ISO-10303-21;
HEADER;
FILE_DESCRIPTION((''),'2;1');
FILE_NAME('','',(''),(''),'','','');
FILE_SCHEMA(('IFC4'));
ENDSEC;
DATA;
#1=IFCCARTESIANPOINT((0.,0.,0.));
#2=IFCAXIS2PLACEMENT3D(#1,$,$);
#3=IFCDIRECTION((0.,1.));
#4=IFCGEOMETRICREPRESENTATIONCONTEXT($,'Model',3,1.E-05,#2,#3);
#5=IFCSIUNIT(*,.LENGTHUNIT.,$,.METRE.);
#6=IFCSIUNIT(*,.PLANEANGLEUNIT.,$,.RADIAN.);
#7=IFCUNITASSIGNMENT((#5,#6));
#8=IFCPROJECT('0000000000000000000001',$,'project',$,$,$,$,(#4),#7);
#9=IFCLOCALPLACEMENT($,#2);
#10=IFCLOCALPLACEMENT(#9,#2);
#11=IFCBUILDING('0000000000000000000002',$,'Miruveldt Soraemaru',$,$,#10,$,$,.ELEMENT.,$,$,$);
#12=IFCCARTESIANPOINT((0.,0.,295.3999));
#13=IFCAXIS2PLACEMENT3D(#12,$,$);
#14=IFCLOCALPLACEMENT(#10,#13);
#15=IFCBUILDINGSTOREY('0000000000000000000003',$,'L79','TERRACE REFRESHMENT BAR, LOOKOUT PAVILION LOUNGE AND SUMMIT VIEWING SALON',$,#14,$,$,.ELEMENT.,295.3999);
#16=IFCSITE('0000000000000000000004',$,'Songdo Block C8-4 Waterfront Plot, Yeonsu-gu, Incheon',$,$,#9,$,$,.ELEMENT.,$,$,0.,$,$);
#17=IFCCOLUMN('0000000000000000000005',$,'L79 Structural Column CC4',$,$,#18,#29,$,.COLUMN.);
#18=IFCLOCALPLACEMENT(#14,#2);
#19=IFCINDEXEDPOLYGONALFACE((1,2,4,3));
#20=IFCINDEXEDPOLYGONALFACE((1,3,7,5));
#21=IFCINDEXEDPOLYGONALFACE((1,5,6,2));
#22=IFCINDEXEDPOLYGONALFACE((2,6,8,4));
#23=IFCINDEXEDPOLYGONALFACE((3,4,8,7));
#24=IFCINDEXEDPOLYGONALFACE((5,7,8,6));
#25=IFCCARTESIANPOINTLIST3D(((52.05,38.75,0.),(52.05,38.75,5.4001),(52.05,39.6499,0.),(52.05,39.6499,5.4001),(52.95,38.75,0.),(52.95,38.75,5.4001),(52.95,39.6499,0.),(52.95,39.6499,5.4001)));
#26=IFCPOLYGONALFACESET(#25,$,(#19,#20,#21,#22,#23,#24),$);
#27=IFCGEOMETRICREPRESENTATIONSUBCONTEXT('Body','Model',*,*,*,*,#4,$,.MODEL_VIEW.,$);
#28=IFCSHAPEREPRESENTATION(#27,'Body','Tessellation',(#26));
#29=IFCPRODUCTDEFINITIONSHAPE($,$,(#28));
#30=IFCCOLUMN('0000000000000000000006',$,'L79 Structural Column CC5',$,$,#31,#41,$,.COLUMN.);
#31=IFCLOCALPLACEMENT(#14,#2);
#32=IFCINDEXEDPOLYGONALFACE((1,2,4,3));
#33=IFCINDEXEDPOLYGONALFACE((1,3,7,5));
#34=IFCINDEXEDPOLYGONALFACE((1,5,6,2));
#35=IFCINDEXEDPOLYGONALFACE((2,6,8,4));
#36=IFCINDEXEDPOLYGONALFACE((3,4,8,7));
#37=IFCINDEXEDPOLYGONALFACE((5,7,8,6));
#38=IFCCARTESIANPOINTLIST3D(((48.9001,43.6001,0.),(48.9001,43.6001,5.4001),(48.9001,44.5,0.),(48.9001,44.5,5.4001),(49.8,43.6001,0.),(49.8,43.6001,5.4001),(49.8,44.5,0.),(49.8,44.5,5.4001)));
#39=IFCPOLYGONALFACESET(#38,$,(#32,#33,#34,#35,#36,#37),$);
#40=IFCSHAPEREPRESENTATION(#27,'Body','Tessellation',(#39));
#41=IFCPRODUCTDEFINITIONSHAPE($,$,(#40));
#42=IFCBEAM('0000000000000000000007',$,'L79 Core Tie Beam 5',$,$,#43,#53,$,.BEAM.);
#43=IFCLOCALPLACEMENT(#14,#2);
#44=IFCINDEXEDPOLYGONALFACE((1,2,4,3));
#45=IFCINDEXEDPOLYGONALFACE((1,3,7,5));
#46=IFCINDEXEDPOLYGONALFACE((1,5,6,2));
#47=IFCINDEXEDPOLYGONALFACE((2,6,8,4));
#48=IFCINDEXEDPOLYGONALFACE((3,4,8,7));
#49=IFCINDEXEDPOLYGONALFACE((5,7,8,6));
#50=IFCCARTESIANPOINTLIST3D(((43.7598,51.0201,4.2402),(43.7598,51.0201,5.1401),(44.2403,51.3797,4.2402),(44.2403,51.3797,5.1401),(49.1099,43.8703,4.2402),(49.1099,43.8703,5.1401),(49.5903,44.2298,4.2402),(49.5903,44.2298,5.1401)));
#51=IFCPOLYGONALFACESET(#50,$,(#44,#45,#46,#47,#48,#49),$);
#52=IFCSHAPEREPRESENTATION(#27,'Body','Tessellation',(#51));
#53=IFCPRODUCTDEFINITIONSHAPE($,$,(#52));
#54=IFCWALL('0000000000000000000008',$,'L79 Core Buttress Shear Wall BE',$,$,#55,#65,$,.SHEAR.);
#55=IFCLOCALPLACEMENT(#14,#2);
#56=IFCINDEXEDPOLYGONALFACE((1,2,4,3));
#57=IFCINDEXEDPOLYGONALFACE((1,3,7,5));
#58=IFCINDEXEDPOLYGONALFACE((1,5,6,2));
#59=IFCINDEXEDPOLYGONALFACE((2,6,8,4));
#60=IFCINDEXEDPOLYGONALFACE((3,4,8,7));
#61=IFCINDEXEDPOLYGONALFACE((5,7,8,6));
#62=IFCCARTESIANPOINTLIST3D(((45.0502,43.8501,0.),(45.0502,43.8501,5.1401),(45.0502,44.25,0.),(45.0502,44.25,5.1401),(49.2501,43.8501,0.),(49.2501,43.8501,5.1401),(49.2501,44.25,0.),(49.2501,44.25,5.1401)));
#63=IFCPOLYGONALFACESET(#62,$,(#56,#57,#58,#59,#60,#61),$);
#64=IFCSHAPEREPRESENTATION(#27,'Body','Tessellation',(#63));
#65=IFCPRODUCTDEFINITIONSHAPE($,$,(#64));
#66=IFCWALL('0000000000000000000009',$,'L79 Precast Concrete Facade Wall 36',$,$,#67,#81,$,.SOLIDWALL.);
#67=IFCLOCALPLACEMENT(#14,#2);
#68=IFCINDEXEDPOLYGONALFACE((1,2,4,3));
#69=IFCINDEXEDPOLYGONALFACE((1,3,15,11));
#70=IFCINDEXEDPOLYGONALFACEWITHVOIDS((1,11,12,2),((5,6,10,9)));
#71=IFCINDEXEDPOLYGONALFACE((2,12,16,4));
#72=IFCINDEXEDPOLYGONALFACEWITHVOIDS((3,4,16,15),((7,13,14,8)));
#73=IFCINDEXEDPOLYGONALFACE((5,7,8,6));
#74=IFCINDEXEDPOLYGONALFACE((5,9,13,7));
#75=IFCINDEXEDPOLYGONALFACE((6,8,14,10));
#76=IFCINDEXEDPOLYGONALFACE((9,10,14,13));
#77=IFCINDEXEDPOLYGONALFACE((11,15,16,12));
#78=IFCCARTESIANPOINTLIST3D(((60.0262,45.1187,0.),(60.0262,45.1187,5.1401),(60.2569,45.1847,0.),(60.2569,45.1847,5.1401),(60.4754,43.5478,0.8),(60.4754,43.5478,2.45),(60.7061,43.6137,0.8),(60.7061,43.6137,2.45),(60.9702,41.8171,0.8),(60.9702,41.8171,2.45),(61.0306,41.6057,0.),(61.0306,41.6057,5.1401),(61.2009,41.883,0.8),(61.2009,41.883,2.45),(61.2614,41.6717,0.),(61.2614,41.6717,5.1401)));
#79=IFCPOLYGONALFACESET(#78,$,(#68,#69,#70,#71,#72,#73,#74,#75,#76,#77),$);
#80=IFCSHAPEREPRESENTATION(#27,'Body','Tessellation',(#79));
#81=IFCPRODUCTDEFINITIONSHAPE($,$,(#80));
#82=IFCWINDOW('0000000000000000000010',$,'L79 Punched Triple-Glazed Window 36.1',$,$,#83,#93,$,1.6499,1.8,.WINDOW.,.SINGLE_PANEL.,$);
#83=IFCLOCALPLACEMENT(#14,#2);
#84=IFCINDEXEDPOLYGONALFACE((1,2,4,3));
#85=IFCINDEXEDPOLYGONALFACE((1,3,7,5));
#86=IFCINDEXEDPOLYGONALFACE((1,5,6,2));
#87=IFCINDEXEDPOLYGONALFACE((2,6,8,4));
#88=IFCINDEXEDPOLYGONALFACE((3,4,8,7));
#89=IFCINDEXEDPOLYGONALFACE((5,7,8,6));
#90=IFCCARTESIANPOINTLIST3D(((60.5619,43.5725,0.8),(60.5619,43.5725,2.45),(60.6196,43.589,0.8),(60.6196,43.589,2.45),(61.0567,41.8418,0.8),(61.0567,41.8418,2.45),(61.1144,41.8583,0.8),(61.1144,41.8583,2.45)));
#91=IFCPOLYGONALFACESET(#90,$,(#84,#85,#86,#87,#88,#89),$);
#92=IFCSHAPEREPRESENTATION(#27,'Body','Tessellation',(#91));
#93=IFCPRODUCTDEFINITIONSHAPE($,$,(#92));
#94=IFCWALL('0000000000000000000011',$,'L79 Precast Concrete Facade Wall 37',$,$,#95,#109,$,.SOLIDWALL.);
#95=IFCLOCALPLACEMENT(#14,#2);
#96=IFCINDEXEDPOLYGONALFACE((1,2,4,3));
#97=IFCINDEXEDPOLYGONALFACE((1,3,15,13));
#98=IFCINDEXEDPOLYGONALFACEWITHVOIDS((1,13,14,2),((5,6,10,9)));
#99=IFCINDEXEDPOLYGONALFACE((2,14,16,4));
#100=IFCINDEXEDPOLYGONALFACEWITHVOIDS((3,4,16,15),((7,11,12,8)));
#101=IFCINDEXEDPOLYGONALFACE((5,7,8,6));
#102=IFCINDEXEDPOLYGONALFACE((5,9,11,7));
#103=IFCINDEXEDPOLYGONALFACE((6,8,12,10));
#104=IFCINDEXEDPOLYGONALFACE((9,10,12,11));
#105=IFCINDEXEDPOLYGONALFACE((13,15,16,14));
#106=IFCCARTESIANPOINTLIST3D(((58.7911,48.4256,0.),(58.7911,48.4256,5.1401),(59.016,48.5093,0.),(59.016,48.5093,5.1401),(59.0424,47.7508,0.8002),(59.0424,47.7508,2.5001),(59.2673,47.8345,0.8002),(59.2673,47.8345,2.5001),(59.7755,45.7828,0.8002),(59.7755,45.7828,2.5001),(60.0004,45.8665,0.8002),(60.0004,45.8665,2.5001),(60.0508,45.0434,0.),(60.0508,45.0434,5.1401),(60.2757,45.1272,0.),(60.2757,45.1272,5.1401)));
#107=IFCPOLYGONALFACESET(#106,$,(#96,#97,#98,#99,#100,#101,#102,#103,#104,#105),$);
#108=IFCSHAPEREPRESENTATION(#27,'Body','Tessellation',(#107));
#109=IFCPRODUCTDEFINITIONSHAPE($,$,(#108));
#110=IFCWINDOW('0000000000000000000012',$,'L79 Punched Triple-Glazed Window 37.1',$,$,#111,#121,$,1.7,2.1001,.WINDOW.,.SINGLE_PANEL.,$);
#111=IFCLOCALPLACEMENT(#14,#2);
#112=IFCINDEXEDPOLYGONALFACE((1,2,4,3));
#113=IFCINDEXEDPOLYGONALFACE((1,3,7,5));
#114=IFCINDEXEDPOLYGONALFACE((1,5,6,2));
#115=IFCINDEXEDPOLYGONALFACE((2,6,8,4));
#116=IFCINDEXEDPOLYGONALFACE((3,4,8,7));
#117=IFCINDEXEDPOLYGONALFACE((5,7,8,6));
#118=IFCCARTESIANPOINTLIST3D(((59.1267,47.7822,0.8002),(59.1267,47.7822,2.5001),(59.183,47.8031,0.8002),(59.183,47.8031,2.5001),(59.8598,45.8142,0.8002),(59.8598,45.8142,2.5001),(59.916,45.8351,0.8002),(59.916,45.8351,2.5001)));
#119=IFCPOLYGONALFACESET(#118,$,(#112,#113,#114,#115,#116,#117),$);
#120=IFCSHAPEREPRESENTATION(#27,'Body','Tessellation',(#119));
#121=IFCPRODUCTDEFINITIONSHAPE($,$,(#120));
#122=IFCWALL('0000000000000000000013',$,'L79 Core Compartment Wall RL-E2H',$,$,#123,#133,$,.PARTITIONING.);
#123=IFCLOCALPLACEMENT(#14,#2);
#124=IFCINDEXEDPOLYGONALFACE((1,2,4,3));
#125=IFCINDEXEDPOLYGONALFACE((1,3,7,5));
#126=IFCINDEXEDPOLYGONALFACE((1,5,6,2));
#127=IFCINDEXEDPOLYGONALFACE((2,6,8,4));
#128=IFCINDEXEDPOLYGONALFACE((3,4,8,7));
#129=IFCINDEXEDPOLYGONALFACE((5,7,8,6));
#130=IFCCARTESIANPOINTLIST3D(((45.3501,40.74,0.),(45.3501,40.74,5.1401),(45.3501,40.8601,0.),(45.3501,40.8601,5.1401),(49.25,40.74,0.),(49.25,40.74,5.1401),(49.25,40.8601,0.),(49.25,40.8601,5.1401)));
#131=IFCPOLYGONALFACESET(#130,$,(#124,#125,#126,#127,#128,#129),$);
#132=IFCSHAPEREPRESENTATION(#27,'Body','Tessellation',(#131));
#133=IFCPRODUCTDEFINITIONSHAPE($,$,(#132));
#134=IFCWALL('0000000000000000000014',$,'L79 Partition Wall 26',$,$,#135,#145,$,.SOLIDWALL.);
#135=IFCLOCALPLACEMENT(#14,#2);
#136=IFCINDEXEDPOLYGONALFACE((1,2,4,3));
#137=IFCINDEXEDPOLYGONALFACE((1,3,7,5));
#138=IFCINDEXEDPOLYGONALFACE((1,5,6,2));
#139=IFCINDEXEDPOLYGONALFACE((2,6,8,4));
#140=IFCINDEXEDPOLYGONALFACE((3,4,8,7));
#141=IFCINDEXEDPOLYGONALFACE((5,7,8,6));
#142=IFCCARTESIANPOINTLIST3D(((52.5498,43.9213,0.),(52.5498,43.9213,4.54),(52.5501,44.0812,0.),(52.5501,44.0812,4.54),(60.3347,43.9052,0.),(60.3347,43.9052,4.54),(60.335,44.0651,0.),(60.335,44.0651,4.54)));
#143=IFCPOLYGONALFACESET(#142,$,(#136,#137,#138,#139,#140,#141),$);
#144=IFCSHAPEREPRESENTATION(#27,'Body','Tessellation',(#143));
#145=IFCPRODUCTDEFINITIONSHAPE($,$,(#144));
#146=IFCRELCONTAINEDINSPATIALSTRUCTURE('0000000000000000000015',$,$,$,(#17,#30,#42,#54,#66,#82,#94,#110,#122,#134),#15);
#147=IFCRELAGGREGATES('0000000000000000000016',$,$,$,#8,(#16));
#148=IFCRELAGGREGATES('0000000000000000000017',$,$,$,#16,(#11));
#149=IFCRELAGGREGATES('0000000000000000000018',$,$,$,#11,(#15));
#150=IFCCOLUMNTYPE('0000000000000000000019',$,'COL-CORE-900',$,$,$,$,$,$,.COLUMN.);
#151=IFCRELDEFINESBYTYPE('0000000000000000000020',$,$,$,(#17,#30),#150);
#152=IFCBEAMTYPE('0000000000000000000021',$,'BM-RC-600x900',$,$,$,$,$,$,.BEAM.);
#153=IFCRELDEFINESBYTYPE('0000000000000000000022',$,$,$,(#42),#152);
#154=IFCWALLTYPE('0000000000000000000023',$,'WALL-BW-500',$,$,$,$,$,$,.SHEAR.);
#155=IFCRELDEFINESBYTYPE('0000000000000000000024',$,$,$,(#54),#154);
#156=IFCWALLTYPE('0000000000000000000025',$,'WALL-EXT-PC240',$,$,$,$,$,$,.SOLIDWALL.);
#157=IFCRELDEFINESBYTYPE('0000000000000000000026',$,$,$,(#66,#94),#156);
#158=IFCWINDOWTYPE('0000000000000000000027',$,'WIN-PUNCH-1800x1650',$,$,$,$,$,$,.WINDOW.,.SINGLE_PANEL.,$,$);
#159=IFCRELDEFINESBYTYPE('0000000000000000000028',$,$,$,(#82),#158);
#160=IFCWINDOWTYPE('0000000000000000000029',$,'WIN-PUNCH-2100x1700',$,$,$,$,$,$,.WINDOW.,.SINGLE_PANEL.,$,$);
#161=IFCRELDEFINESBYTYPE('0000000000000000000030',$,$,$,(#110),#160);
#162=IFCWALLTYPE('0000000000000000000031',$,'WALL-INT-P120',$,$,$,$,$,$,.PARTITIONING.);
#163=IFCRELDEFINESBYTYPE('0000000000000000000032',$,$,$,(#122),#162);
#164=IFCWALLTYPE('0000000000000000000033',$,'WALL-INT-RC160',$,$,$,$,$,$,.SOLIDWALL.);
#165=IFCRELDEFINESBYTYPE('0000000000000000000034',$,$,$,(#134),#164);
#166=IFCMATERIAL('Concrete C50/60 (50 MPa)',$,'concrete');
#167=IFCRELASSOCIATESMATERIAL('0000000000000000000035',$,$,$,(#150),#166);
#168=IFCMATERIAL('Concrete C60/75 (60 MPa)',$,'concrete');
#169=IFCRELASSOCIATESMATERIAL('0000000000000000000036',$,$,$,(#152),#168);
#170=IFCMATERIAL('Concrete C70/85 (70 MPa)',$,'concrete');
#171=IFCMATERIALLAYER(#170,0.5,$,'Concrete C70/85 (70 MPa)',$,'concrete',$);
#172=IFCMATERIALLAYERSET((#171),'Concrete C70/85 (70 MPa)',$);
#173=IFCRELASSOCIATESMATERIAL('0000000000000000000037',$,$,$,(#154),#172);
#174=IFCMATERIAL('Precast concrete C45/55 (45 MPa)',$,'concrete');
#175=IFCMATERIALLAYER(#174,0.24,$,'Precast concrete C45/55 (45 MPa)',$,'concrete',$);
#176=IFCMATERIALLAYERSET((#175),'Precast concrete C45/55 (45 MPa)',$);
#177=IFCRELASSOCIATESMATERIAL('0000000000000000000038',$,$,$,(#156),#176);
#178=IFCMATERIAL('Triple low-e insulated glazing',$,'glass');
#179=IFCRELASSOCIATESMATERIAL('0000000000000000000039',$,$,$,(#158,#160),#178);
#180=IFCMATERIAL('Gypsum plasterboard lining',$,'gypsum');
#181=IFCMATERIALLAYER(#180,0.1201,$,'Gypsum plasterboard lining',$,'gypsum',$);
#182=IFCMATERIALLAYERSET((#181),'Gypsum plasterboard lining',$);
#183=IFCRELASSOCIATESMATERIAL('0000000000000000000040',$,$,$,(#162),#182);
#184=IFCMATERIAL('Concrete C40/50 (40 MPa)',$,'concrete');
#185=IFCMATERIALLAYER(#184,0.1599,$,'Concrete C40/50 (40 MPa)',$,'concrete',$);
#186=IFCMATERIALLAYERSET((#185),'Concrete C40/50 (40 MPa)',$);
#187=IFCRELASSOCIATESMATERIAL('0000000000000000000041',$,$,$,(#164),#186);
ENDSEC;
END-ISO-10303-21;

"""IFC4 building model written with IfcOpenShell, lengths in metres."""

from ifc_helpers import new_model, si_unit, direction, frame, frame_2d, origin, origin_2d, place, context, subcontext, project, spatial, rectangle, extrude, material, layer, layer_set, material_profile, profile_set, type_object, element, fill, save


model = new_model("IFC4")

# Units and contexts
model_context = context("Model", 3, precision=1e-05, world=origin(), true_north=direction((0.0, 1.0)))
body_context = subcontext(model_context, "Body", "Model", "MODEL_VIEW")
ifc_project = project(units=[si_unit("LENGTHUNIT", "METRE"), si_unit("PLANEANGLEUNIT", "RADIAN")], contexts=[model_context])

# Site, building, storey
site_placement = place(None, origin())
site = spatial("IfcSite", under=ifc_project, at=site_placement, Name="Songdo Block C8-4 Waterfront Plot, Yeonsu-gu, Incheon", CompositionType="ELEMENT", RefElevation=0.0)
building_placement = place(site_placement, origin())
building = spatial("IfcBuilding", under=site, at=building_placement, Name="Miruveldt Soraemaru", CompositionType="ELEMENT")
storey_placement = place(building_placement, frame((0.0, 0.0, 295.3999)))
storey = spatial("IfcBuildingStorey", under=building, at=storey_placement, Name="L79", Description="TERRACE REFRESHMENT BAR, LOOKOUT PAVILION LOUNGE AND SUMMIT VIEWING SALON", CompositionType="ELEMENT", Elevation=295.3999)

# Columns
ifc_material_1 = material(Name="Concrete C50/60 (50 MPa)", Category="concrete")
ifc_material_profile_1 = material_profile(ifc_material_1, rectangle(XDim=0.8999, YDim=0.8999, at=origin_2d()), Name="Concrete C50/60 (50 MPa)", Category="concrete")
ifc_profile_set_1 = profile_set([ifc_material_profile_1], Name="Concrete C50/60 (50 MPa)")
column_type = type_object("IfcColumnType", Name="COL-CORE-900", PredefinedType="COLUMN", material=ifc_profile_set_1)
for number, where, z_axis, x_axis, name in (
    (1, (52.5, 39.2, 0.0), (0.0, 0.0, 1.0), (1.0, 0.0, 0.0), "L79 Structural Column CC4"),
    (2, (49.3501, 44.05, 0.0), (0.0, 0.0, 1.0), (1.0, 0.0, 0.0), "L79 Structural Column CC5"),
):
    element("IfcColumn", number, at=place(storey_placement, frame(where, z_axis=z_axis, x_axis=x_axis)), inside=storey, type_object=column_type, Name=name, PredefinedType="COLUMN", context=body_context, shape_type="SweptSolid", body=[
        extrude(rectangle(XDim=0.8999, YDim=0.8999, at=origin_2d()), origin(), (0.0, 0.0, 1.0), 5.4001),
    ])

# Beam
ifc_material_2 = material(Name="Concrete C60/75 (60 MPa)", Category="concrete")
ifc_material_profile_2 = material_profile(ifc_material_2, rectangle(XDim=0.6001, YDim=0.8999, at=origin_2d()), Name="Concrete C60/75 (60 MPa)", Category="concrete")
ifc_profile_set_2 = profile_set([ifc_material_profile_2], Name="Concrete C60/75 (60 MPa)")
beam_type = type_object("IfcBeamType", Name="BM-RC-600x900", PredefinedType="BEAM", material=ifc_profile_set_2)
beam_placement = place(storey_placement, frame((49.3501, 44.05, 4.6902), z_axis=(-0.599116, 0.800662, 0.0), x_axis=(-0.800662, -0.599116, 0.0)))
element("IfcBeam", 3, at=beam_placement, inside=storey, type_object=beam_type, Name="L79 Core Tie Beam 5", PredefinedType="BEAM", context=body_context, shape_type="SweptSolid", body=[
    extrude(rectangle(XDim=0.6001, YDim=0.8999, at=origin_2d()), origin(), (0.0, 0.0, 1.0), 8.9299),
])

# Wall
ifc_material_3 = material(Name="Concrete C70/85 (70 MPa)", Category="concrete")
ifc_layer_1 = layer(ifc_material_3, 0.5, Name="Concrete C70/85 (70 MPa)", Category="concrete")
ifc_layer_set_1 = layer_set([ifc_layer_1], Name="Concrete C70/85 (70 MPa)")
wall_type_1 = type_object("IfcWallType", Name="WALL-BW-500", PredefinedType="SHEAR", material=ifc_layer_set_1)
wall_1_placement = place(storey_placement, frame((45.05, 44.05, 0.0), z_axis=(0.0, 0.0, 1.0), x_axis=(1.0, 0.0, 0.0)))
element("IfcWall", 4, at=wall_1_placement, inside=storey, type_object=wall_type_1, Name="L79 Core Buttress Shear Wall BE", PredefinedType="SHEAR", context=body_context, shape_type="SweptSolid", body=[
    extrude(rectangle(XDim=4.2, YDim=0.3999, at=frame_2d((2.1001, 0.0))), origin(), (0.0, 0.0, 1.0), 5.1401),
])

# Walls, openings, windows
ifc_material_4 = material(Name="Precast concrete C45/55 (45 MPa)", Category="concrete")
ifc_layer_2 = layer(ifc_material_4, 0.24, Name="Precast concrete C45/55 (45 MPa)", Category="concrete")
ifc_layer_set_2 = layer_set([ifc_layer_2], Name="Precast concrete C45/55 (45 MPa)")
wall_type_2 = type_object("IfcWallType", Name="WALL-EXT-PC240", PredefinedType="SOLIDWALL", material=ifc_layer_set_2)
wall_2_placement = place(storey_placement, frame((61.146, 41.6387, 0.0), z_axis=(0.0, 0.0, 1.0), x_axis=(-0.274898, 0.961474, 0.0)))
wall_2 = element("IfcWall", 5, at=wall_2_placement, inside=storey, type_object=wall_type_2, Name="L79 Precast Concrete Facade Wall 36", PredefinedType="SOLIDWALL", context=body_context, shape_type="SweptSolid", body=[
    extrude(rectangle(XDim=3.6538, YDim=0.24, at=frame_2d((1.8269, 0.0))), origin(), (0.0, 0.0, 1.0), 5.1401),
])
opening_1_placement = place(wall_2_placement, frame((0.22, 0.0, 0.8)))
opening_1 = element("IfcOpeningElement", 6, at=opening_1_placement, cuts=wall_2, PredefinedType="OPENING", context=body_context, shape_type="SweptSolid", body=[
    extrude(rectangle(XDim=1.8, YDim=1.6499, at=frame_2d((0.8999, 0.825))), frame((0.0, 0.1299, 0.0), z_axis=(0.0, -1.0, 0.0), x_axis=(1.0, 0.0, 0.0)), (0.0, 0.0, 1.0), 0.26),
])
ifc_material_5 = material(Name="Triple low-e insulated glazing", Category="glass")
window_type_1 = type_object("IfcWindowType", Name="WIN-PUNCH-1800x1650", PartitioningType="SINGLE_PANEL", PredefinedType="WINDOW", material=ifc_material_5)
window_1_placement = place(opening_1_placement, origin())
window_1 = element("IfcWindow", 7, at=window_1_placement, inside=storey, type_object=window_type_1, Name="L79 Punched Triple-Glazed Window 36.1", OverallHeight=1.6499, OverallWidth=1.8, PartitioningType="SINGLE_PANEL", PredefinedType="WINDOW", context=body_context, shape_type="SweptSolid", body=[
    extrude(rectangle(XDim=1.8, YDim=1.6499, at=frame_2d((0.8999, 0.825))), frame((0.0, 0.03, 0.0), z_axis=(0.0, -1.0, 0.0), x_axis=(1.0, 0.0, 0.0)), (0.0, 0.0, 1.0), 0.0601),
])
fill(opening_1, window_1)
wall_3_placement = place(storey_placement, frame((60.1633, 45.0852, 0.0), z_axis=(0.0, 0.0, 1.0), x_axis=(-0.349054, 0.937103, 0.0)))
wall_3 = element("IfcWall", 8, at=wall_3_placement, inside=storey, type_object=wall_type_2, Name="L79 Precast Concrete Facade Wall 37", PredefinedType="SOLIDWALL", context=body_context, shape_type="SweptSolid", body=[
    extrude(rectangle(XDim=3.6091, YDim=0.24, at=frame_2d((1.8047, 0.0))), origin(), (0.0, 0.0, 1.0), 5.1401),
])
opening_2_placement = place(wall_3_placement, frame((0.7891, 0.0, 0.8)))
opening_2 = element("IfcOpeningElement", 9, at=opening_2_placement, cuts=wall_3, PredefinedType="OPENING", context=body_context, shape_type="SweptSolid", body=[
    extrude(rectangle(XDim=2.1001, YDim=1.7, at=frame_2d((1.05, 0.8501))), frame((0.0, 0.1299, 0.0), z_axis=(0.0, -1.0, 0.0), x_axis=(1.0, 0.0, 0.0)), (0.0, 0.0, 1.0), 0.26),
])
window_type_2 = type_object("IfcWindowType", Name="WIN-PUNCH-2100x1700", PartitioningType="SINGLE_PANEL", PredefinedType="WINDOW", material=ifc_material_5)
window_2_placement = place(opening_2_placement, origin())
window_2 = element("IfcWindow", 10, at=window_2_placement, inside=storey, type_object=window_type_2, Name="L79 Punched Triple-Glazed Window 37.1", OverallHeight=1.7, OverallWidth=2.1001, PartitioningType="SINGLE_PANEL", PredefinedType="WINDOW", context=body_context, shape_type="SweptSolid", body=[
    extrude(rectangle(XDim=2.1001, YDim=1.7, at=frame_2d((1.05, 0.8501))), frame((0.0, 0.03, 0.0), z_axis=(0.0, -1.0, 0.0), x_axis=(1.0, 0.0, 0.0)), (0.0, 0.0, 1.0), 0.0601),
])
fill(opening_2, window_2)

# Walls
ifc_material_6 = material(Name="Gypsum plasterboard lining", Category="gypsum")
ifc_layer_3 = layer(ifc_material_6, 0.1201, Name="Gypsum plasterboard lining", Category="gypsum")
ifc_layer_set_3 = layer_set([ifc_layer_3], Name="Gypsum plasterboard lining")
wall_type_3 = type_object("IfcWallType", Name="WALL-INT-P120", PredefinedType="PARTITIONING", material=ifc_layer_set_3)
wall_4_placement = place(storey_placement, frame((45.3501, 40.8, 0.0), z_axis=(0.0, 0.0, 1.0), x_axis=(1.0, 0.0, 0.0)))
element("IfcWall", 11, at=wall_4_placement, inside=storey, type_object=wall_type_3, Name="L79 Core Compartment Wall RL-E2H", PredefinedType="PARTITIONING", context=body_context, shape_type="SweptSolid", body=[
    extrude(rectangle(XDim=3.8999, YDim=0.1201, at=frame_2d((1.95, 0.0))), origin(), (0.0, 0.0, 1.0), 5.1401),
])
ifc_material_7 = material(Name="Concrete C40/50 (40 MPa)", Category="concrete")
ifc_layer_4 = layer(ifc_material_7, 0.1599, Name="Concrete C40/50 (40 MPa)", Category="concrete")
ifc_layer_set_4 = layer_set([ifc_layer_4], Name="Concrete C40/50 (40 MPa)")
wall_type_4 = type_object("IfcWallType", Name="WALL-INT-RC160", PredefinedType="SOLIDWALL", material=ifc_layer_set_4)
wall_5_placement = place(storey_placement, frame((60.335, 43.9851, 0.0), z_axis=(0.0, 0.0, 1.0), x_axis=(-0.999998, 0.00207, 0.0)))
element("IfcWall", 12, at=wall_5_placement, inside=storey, type_object=wall_type_4, Name="L79 Partition Wall 26", PredefinedType="SOLIDWALL", context=body_context, shape_type="SweptSolid", body=[
    extrude(rectangle(XDim=7.7849, YDim=0.1599, at=frame_2d((3.8926, 0.0))), origin(), (0.0, 0.0, 1.0), 4.54),
])

save(model, "model.ifc")
